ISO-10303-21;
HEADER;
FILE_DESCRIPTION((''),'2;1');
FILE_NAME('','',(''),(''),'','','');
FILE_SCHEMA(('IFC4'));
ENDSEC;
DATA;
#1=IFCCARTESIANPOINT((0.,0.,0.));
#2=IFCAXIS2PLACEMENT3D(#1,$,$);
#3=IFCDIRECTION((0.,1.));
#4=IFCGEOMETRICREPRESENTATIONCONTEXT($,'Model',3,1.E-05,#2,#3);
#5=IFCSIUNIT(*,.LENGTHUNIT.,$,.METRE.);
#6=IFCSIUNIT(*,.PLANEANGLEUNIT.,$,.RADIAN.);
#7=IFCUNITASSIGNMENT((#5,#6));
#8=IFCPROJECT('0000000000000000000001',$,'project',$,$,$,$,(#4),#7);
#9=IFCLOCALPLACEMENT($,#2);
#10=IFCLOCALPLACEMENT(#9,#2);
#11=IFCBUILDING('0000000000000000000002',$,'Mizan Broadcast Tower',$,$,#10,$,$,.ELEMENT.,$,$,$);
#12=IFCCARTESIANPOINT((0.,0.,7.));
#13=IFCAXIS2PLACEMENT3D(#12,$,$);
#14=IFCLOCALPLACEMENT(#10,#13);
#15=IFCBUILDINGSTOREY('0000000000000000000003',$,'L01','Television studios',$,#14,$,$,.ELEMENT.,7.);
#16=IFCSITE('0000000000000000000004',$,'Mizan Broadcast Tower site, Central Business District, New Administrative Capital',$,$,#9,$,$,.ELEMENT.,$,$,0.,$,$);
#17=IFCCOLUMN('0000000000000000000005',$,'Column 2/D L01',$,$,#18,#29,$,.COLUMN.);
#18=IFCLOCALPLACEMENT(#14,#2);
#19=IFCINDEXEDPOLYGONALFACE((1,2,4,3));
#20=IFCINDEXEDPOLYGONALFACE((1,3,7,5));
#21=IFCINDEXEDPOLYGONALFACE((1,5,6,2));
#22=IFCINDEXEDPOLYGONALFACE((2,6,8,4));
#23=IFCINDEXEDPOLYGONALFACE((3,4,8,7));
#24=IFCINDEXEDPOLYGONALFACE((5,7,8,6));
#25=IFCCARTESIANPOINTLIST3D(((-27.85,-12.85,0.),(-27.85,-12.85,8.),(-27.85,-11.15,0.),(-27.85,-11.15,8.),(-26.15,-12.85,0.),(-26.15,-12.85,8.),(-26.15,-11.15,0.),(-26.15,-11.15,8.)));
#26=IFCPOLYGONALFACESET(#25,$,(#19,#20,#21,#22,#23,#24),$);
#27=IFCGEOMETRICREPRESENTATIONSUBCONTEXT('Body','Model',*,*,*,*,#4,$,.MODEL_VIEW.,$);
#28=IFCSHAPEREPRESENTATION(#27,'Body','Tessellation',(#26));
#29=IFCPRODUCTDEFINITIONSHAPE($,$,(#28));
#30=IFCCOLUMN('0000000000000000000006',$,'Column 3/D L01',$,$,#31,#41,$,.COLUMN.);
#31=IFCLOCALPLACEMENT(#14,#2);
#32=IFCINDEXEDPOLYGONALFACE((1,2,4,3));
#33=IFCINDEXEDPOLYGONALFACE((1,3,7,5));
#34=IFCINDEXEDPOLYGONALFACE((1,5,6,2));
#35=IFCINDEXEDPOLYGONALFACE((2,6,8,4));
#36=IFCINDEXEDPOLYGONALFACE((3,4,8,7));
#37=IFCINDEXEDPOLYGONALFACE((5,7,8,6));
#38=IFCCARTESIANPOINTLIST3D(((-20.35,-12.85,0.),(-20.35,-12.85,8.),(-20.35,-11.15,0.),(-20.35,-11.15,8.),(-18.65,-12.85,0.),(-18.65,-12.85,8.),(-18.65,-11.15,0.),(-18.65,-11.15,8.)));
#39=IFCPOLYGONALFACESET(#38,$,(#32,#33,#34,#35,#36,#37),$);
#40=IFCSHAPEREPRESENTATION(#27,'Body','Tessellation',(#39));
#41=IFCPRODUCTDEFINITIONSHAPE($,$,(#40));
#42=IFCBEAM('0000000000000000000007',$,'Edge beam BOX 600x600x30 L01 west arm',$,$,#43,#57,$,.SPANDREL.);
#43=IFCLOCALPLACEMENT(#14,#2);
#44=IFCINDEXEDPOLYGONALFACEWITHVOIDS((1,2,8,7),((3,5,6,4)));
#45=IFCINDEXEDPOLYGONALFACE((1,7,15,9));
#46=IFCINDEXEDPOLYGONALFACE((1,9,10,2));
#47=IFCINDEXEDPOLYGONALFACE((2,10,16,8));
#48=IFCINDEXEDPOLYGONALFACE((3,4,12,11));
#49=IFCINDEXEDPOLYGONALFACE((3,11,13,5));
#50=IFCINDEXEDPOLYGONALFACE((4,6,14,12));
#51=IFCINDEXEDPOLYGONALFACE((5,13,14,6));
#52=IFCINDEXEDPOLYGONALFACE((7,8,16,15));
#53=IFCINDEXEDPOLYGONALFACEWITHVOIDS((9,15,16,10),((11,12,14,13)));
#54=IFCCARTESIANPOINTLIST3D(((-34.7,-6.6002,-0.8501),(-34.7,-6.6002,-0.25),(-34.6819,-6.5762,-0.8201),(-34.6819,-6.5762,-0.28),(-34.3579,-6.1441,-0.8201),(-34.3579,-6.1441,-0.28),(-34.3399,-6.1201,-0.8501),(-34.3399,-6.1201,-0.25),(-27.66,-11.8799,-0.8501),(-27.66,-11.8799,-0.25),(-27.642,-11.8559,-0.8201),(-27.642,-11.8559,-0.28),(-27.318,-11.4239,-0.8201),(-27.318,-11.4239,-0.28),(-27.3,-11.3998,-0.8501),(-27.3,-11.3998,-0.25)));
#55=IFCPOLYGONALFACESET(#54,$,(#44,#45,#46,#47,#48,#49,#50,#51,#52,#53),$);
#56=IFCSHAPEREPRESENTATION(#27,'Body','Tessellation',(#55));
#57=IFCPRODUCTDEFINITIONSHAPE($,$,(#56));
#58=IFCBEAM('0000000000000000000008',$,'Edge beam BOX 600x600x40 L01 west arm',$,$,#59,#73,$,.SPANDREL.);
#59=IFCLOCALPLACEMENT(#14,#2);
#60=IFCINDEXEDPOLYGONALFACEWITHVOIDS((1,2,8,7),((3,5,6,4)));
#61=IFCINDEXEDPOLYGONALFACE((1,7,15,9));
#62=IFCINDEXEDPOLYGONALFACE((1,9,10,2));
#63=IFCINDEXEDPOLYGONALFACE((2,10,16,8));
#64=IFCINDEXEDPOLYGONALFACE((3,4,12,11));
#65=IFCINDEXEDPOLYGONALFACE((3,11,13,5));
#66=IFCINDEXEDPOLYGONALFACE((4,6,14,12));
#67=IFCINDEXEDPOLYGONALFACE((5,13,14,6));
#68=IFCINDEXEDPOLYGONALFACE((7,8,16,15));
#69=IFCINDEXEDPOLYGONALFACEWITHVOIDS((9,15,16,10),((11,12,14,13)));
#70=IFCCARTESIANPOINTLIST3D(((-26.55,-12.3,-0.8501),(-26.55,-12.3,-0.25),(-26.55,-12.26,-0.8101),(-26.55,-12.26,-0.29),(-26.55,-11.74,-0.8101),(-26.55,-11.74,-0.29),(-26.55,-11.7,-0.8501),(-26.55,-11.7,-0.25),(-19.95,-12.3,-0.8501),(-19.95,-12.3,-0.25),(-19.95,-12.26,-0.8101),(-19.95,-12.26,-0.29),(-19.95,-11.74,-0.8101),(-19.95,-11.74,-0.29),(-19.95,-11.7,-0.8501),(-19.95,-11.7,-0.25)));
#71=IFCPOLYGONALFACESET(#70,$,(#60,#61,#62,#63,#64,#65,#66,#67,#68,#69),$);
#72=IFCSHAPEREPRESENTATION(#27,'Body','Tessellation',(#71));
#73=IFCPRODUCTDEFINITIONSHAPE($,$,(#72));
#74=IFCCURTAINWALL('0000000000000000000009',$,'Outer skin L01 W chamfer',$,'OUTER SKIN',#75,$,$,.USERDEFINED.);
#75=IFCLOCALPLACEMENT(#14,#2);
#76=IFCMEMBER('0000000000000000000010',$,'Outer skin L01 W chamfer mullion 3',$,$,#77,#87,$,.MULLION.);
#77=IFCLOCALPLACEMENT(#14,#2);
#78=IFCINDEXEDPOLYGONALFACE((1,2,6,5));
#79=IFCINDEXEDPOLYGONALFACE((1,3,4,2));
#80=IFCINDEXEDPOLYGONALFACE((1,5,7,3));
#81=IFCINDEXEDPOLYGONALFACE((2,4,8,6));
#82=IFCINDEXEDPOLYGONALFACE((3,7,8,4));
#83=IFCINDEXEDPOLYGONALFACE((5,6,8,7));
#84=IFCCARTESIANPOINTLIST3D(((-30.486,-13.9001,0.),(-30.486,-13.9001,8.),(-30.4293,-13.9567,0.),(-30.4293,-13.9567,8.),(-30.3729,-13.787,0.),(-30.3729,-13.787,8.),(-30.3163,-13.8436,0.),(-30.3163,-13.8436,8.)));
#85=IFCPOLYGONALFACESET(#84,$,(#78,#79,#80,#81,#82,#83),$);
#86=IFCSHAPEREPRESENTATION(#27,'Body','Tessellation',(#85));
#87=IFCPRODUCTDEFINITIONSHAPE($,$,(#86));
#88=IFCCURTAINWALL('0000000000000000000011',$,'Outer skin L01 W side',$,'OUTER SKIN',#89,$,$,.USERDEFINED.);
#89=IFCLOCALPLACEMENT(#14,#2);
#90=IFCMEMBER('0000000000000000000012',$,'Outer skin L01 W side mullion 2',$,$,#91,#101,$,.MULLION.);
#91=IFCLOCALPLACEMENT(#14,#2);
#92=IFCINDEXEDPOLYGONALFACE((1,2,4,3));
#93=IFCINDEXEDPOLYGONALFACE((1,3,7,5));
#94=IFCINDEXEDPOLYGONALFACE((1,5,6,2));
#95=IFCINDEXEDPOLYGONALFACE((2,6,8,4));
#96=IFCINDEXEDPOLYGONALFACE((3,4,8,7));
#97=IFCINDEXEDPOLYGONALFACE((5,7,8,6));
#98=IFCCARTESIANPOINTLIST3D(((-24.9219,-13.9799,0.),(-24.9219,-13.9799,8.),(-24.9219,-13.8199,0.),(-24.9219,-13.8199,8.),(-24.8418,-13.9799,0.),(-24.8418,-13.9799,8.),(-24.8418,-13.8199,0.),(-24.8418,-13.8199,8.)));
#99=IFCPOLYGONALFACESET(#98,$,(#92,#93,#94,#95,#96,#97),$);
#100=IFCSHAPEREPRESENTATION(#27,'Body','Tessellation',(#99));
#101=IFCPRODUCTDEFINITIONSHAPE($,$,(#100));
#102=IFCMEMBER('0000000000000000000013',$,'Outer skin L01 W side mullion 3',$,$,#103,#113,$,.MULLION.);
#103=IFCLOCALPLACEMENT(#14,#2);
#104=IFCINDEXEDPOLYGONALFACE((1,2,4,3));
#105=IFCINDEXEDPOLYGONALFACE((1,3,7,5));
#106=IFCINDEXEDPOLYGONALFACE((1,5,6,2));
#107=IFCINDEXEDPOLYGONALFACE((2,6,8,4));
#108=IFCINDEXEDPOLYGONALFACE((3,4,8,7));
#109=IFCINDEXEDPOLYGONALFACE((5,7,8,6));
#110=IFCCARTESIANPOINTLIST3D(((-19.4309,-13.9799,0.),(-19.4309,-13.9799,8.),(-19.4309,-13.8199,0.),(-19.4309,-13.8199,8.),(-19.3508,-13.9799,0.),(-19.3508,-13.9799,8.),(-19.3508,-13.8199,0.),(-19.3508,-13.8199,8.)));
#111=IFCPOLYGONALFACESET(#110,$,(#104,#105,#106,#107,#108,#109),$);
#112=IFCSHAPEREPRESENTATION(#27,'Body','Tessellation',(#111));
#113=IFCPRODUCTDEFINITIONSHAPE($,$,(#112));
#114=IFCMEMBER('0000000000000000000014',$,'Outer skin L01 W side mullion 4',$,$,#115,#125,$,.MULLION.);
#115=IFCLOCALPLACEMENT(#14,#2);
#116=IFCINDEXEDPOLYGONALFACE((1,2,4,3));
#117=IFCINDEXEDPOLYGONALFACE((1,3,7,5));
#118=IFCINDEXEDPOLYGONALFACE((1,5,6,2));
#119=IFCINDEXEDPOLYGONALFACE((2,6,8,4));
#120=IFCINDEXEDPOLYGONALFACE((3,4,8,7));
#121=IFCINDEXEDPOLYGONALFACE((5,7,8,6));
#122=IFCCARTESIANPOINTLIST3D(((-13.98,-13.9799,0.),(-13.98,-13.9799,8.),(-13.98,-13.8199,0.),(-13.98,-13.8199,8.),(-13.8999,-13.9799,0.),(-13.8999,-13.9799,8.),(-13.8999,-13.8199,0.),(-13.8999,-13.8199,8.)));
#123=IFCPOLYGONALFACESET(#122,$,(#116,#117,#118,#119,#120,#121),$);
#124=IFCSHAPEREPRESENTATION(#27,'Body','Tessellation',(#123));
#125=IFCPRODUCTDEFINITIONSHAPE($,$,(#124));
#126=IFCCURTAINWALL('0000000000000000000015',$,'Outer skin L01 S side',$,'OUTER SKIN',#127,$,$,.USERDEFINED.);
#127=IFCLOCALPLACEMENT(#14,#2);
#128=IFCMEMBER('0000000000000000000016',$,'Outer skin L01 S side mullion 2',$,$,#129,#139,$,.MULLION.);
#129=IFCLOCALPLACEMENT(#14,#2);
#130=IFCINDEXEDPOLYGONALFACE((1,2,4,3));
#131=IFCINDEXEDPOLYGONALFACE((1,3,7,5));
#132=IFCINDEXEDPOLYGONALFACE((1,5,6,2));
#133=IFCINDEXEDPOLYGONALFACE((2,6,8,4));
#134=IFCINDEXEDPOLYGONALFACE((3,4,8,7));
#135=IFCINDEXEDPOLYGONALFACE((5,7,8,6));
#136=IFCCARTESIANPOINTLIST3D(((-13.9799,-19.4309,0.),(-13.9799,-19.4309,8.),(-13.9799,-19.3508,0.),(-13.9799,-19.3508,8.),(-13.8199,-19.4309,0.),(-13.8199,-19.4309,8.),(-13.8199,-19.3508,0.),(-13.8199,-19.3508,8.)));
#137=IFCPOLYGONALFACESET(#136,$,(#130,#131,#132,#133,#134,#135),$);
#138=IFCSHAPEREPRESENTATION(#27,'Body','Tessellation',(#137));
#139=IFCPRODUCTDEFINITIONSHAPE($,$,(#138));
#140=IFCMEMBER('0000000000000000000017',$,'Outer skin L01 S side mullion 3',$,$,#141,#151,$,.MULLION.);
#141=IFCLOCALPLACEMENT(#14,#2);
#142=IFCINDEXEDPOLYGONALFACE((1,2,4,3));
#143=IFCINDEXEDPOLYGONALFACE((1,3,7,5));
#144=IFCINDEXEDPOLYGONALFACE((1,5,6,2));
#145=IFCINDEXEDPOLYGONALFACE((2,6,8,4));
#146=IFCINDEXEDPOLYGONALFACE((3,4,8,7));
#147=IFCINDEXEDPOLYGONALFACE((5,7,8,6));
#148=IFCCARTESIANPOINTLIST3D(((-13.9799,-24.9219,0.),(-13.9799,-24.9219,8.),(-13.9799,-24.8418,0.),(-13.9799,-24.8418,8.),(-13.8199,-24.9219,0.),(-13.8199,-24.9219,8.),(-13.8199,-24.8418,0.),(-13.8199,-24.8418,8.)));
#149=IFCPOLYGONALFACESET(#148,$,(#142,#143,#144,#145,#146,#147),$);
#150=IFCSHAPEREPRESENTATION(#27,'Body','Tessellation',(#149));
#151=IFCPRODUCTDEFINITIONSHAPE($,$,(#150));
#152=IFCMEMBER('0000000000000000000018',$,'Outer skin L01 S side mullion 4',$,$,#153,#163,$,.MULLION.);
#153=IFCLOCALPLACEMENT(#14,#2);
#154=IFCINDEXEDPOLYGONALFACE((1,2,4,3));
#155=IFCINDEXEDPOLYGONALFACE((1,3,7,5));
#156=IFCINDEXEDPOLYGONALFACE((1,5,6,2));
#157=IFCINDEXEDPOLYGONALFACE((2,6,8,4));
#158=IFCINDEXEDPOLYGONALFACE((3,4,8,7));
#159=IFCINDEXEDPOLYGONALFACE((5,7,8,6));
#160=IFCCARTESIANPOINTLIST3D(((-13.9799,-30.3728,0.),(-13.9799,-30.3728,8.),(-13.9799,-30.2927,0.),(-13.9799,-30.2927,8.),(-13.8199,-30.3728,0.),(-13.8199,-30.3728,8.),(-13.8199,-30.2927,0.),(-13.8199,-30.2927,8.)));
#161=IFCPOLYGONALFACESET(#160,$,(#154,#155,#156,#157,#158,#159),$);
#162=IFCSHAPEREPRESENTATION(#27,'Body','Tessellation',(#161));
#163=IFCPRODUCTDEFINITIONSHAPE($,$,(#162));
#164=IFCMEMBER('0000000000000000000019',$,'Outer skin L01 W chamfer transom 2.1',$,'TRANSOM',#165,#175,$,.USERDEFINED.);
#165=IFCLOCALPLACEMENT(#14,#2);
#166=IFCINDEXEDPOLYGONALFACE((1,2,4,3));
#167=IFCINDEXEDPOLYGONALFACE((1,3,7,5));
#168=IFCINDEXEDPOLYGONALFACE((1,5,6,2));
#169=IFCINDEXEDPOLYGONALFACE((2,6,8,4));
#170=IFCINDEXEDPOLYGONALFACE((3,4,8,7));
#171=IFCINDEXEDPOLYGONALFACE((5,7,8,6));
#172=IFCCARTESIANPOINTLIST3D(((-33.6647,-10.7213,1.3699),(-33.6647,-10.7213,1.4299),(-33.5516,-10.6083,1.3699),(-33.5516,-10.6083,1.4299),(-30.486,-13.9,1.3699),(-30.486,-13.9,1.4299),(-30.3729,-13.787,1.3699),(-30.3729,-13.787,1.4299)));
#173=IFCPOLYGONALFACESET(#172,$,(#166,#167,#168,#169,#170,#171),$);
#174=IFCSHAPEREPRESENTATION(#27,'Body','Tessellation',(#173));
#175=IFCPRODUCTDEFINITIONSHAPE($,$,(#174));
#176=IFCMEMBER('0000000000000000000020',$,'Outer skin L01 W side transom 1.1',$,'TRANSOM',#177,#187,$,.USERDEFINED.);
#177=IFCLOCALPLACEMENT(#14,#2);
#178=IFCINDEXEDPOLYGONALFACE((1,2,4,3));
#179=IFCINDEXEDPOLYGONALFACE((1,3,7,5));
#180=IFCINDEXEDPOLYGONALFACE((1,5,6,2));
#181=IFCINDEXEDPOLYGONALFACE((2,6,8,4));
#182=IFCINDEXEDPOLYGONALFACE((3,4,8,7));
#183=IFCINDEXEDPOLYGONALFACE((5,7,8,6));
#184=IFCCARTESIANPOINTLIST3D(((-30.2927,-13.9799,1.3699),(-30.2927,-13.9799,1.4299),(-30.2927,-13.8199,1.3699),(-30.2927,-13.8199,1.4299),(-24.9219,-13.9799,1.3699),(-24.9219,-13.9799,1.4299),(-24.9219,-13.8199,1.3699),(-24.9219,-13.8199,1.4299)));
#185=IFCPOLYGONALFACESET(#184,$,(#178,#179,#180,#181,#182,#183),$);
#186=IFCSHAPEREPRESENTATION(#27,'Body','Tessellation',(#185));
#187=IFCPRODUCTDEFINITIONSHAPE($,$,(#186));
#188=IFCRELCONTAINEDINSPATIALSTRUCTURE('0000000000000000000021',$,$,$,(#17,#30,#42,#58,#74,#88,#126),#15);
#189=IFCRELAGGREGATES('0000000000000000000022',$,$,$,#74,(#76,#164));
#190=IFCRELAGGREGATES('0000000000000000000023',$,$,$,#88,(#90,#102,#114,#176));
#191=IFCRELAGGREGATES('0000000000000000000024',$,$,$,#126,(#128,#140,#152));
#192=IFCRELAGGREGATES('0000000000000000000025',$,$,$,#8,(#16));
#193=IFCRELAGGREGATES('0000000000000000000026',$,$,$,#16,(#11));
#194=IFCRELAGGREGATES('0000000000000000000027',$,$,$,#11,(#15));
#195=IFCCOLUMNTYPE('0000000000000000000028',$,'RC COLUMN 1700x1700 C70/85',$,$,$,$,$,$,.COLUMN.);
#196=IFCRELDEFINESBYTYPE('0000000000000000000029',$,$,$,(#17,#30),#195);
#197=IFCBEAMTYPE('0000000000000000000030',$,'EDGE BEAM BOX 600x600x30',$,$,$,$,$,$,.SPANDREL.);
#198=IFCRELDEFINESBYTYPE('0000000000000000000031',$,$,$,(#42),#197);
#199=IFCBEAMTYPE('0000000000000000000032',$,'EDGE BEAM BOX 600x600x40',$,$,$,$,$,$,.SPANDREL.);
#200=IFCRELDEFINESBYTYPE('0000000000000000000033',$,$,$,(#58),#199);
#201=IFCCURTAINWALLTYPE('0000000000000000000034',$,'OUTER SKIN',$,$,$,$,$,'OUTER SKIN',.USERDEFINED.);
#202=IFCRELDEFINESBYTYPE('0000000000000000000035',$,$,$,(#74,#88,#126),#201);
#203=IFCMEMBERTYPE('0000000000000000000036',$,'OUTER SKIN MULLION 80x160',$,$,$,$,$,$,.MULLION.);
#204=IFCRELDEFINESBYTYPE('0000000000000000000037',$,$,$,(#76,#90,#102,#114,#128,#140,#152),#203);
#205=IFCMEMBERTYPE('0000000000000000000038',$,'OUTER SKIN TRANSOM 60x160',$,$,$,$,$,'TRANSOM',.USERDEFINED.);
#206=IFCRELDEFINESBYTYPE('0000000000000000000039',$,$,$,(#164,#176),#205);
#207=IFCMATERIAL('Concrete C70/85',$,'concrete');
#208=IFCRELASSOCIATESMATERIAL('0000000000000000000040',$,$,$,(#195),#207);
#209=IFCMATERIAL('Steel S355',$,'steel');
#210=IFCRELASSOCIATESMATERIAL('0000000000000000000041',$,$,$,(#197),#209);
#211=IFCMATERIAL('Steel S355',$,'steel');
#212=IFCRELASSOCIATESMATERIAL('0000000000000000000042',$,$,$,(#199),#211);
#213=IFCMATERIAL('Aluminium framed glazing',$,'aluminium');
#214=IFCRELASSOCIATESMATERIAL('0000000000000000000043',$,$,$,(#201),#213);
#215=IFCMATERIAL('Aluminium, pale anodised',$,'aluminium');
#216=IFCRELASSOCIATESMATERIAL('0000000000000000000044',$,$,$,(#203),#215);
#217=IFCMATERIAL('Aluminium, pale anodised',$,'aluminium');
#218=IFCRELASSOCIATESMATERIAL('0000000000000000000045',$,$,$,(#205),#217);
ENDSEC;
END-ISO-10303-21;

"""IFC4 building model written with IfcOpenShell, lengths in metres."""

from ifc_helpers import new_model, si_unit, direction, frame, origin, origin_2d, place, context, subcontext, project, spatial, rectangle, hollow_rectangle, extrude, material, material_profile, profile_set, type_object, element, aggregate, save


model = new_model("IFC4")

# Units and contexts
model_context = context("Model", 3, precision=1e-05, world=origin(), true_north=direction((0.0, 1.0)))
body_context = subcontext(model_context, "Body", "Model", "MODEL_VIEW")
ifc_project = project(units=[si_unit("LENGTHUNIT", "METRE"), si_unit("PLANEANGLEUNIT", "RADIAN")], contexts=[model_context])

# Site, building, storey
site_placement = place(None, origin())
site = spatial("IfcSite", under=ifc_project, at=site_placement, Name="Mizan Broadcast Tower site, Central Business District, New Administrative Capital", CompositionType="ELEMENT", RefElevation=0.0)
building_placement = place(site_placement, origin())
building = spatial("IfcBuilding", under=site, at=building_placement, Name="Mizan Broadcast Tower", CompositionType="ELEMENT")
storey_placement = place(building_placement, frame((0.0, 0.0, 7.0)))
storey = spatial("IfcBuildingStorey", under=building, at=storey_placement, Name="L01", Description="Television studios", CompositionType="ELEMENT", Elevation=7.0)

# Columns
ifc_material_1 = material(Name="Concrete C70/85", Category="concrete")
ifc_material_profile_1 = material_profile(ifc_material_1, rectangle(XDim=1.7, YDim=1.7, at=origin_2d()), Name="RC 1700x1700")
ifc_profile_set_1 = profile_set([ifc_material_profile_1], Name="Concrete C70/85")
column_type = type_object("IfcColumnType", Name="RC COLUMN 1700x1700 C70/85", PredefinedType="COLUMN", material=ifc_profile_set_1)
for number, where, z_axis, x_axis, name in (
    (1, (-27.0, -12.0, 0.0), (0.0, 0.0, 1.0), (1.0, 0.0, 0.0), "Column 2/D L01"),
    (2, (-19.5, -12.0, 0.0), (0.0, 0.0, 1.0), (1.0, 0.0, 0.0), "Column 3/D L01"),
):
    element("IfcColumn", number, at=place(storey_placement, frame(where, z_axis=z_axis, x_axis=x_axis)), inside=storey, type_object=column_type, Name=name, PredefinedType="COLUMN", context=body_context, shape_type="SweptSolid", body=[
        extrude(rectangle(XDim=1.7, YDim=1.7, at=origin_2d()), origin(), (0.0, 0.0, 1.0), 8.0),
    ])

# Beams
ifc_material_2 = material(Name="Steel S355", Category="steel")
ifc_material_profile_2 = material_profile(ifc_material_2, hollow_rectangle(XDim=0.6001, YDim=0.6001, WallThickness=0.03, at=origin_2d()), Name="BOX 600x600x30")
ifc_profile_set_2 = profile_set([ifc_material_profile_2], Name="Steel S355")
beam_type_1 = type_object("IfcBeamType", Name="EDGE BEAM BOX 600x600x30", PredefinedType="SPANDREL", material=ifc_profile_set_2)
beam_1_placement = place(storey_placement, frame((-27.48, -11.6399, -0.55), z_axis=(-0.800013, 0.599982, 0.0), x_axis=(-0.599982, -0.800013, 0.0)))
element("IfcBeam", 3, at=beam_1_placement, inside=storey, type_object=beam_type_1, Name="Edge beam BOX 600x600x30 L01 west arm", PredefinedType="SPANDREL", context=body_context, shape_type="SweptSolid", body=[
    extrude(hollow_rectangle(XDim=0.6001, YDim=0.6001, WallThickness=0.03, at=origin_2d()), origin(), (0.0, 0.0, 1.0), 8.7998),
])
ifc_material_3 = material(Name="Steel S355", Category="steel")
ifc_material_profile_3 = material_profile(ifc_material_3, hollow_rectangle(XDim=0.6001, YDim=0.6001, WallThickness=0.04, at=origin_2d()), Name="BOX 600x600x40")
ifc_profile_set_3 = profile_set([ifc_material_profile_3], Name="Steel S355")
beam_type_2 = type_object("IfcBeamType", Name="EDGE BEAM BOX 600x600x40", PredefinedType="SPANDREL", material=ifc_profile_set_3)
beam_2_placement = place(storey_placement, frame((-19.95, -12.0, -0.55), z_axis=(-1.0, 0.0, 0.0), x_axis=(0.0, -1.0, 0.0)))
element("IfcBeam", 4, at=beam_2_placement, inside=storey, type_object=beam_type_2, Name="Edge beam BOX 600x600x40 L01 west arm", PredefinedType="SPANDREL", context=body_context, shape_type="SweptSolid", body=[
    extrude(hollow_rectangle(XDim=0.6001, YDim=0.6001, WallThickness=0.04, at=origin_2d()), origin(), (0.0, 0.0, 1.0), 6.6001),
])

# Curtain wall, member
ifc_material_4 = material(Name="Aluminium framed glazing", Category="aluminium")
curtain_wall_type = type_object("IfcCurtainWallType", Name="OUTER SKIN", ElementType="OUTER SKIN", PredefinedType="USERDEFINED", material=ifc_material_4)
curtain_wall_1_placement = place(storey_placement, origin())
curtain_wall_1 = element("IfcCurtainWall", 5, at=curtain_wall_1_placement, inside=storey, type_object=curtain_wall_type, Name="Outer skin L01 W chamfer", ObjectType="OUTER SKIN", PredefinedType="USERDEFINED")
ifc_material_5 = material(Name="Aluminium, pale anodised", Category="aluminium")
ifc_material_profile_4 = material_profile(ifc_material_5, rectangle(XDim=0.1599, YDim=0.0801, at=origin_2d()), Name="MULLION 160x80")
ifc_profile_set_4 = profile_set([ifc_material_profile_4], Name="Aluminium, pale anodised")
member_type_1 = type_object("IfcMemberType", Name="OUTER SKIN MULLION 80x160", PredefinedType="MULLION", material=ifc_profile_set_4)
member_1_placement = place(storey_placement, frame((-30.4011, -13.8718, 0.0), z_axis=(0.0, 0.0, 1.0), x_axis=(0.707107, 0.707107, 0.0)))
member_1 = element("IfcMember", 6, at=member_1_placement, type_object=member_type_1, Name="Outer skin L01 W chamfer mullion 3", PredefinedType="MULLION", context=body_context, shape_type="SweptSolid", body=[
    extrude(rectangle(XDim=0.1599, YDim=0.0801, at=origin_2d()), origin(), (0.0, 0.0, 1.0), 8.0),
])

# Curtain walls, members
curtain_wall_2_placement = place(storey_placement, origin())
curtain_wall_2 = element("IfcCurtainWall", 7, at=curtain_wall_2_placement, inside=storey, type_object=curtain_wall_type, Name="Outer skin L01 W side", ObjectType="OUTER SKIN", PredefinedType="USERDEFINED")
member_2_placement = place(storey_placement, frame((-24.8818, -13.8999, 0.0), z_axis=(0.0, 0.0, 1.0), x_axis=(0.0, 1.0, 0.0)))
member_2 = element("IfcMember", 8, at=member_2_placement, type_object=member_type_1, Name="Outer skin L01 W side mullion 2", PredefinedType="MULLION", context=body_context, shape_type="SweptSolid", body=[
    extrude(rectangle(XDim=0.1599, YDim=0.0801, at=origin_2d()), origin(), (0.0, 0.0, 1.0), 8.0),
])
member_3_placement = place(storey_placement, frame((-19.3909, -13.8999, 0.0), z_axis=(0.0, 0.0, 1.0), x_axis=(0.0, 1.0, 0.0)))
member_3 = element("IfcMember", 9, at=member_3_placement, type_object=member_type_1, Name="Outer skin L01 W side mullion 3", PredefinedType="MULLION", context=body_context, shape_type="SweptSolid", body=[
    extrude(rectangle(XDim=0.1599, YDim=0.0801, at=origin_2d()), origin(), (0.0, 0.0, 1.0), 8.0),
])
member_4_placement = place(storey_placement, frame((-13.9399, -13.8999, 0.0), z_axis=(0.0, 0.0, 1.0), x_axis=(0.0, 1.0, 0.0)))
member_4 = element("IfcMember", 10, at=member_4_placement, type_object=member_type_1, Name="Outer skin L01 W side mullion 4", PredefinedType="MULLION", context=body_context, shape_type="SweptSolid", body=[
    extrude(rectangle(XDim=0.1599, YDim=0.0801, at=origin_2d()), origin(), (0.0, 0.0, 1.0), 8.0),
])
curtain_wall_3_placement = place(storey_placement, origin())
curtain_wall_3 = element("IfcCurtainWall", 11, at=curtain_wall_3_placement, inside=storey, type_object=curtain_wall_type, Name="Outer skin L01 S side", ObjectType="OUTER SKIN", PredefinedType="USERDEFINED")
member_5_placement = place(storey_placement, frame((-13.8999, -19.3909, 0.0), z_axis=(0.0, 0.0, 1.0), x_axis=(1.0, 0.0, 0.0)))
member_5 = element("IfcMember", 12, at=member_5_placement, type_object=member_type_1, Name="Outer skin L01 S side mullion 2", PredefinedType="MULLION", context=body_context, shape_type="SweptSolid", body=[
    extrude(rectangle(XDim=0.1599, YDim=0.0801, at=origin_2d()), origin(), (0.0, 0.0, 1.0), 8.0),
])
member_6_placement = place(storey_placement, frame((-13.8999, -24.8818, 0.0), z_axis=(0.0, 0.0, 1.0), x_axis=(1.0, 0.0, 0.0)))
member_6 = element("IfcMember", 13, at=member_6_placement, type_object=member_type_1, Name="Outer skin L01 S side mullion 3", PredefinedType="MULLION", context=body_context, shape_type="SweptSolid", body=[
    extrude(rectangle(XDim=0.1599, YDim=0.0801, at=origin_2d()), origin(), (0.0, 0.0, 1.0), 8.0),
])
member_7_placement = place(storey_placement, frame((-13.8999, -30.3328, 0.0), z_axis=(0.0, 0.0, 1.0), x_axis=(1.0, 0.0, 0.0)))
member_7 = element("IfcMember", 14, at=member_7_placement, type_object=member_type_1, Name="Outer skin L01 S side mullion 4", PredefinedType="MULLION", context=body_context, shape_type="SweptSolid", body=[
    extrude(rectangle(XDim=0.1599, YDim=0.0801, at=origin_2d()), origin(), (0.0, 0.0, 1.0), 8.0),
])

# Members
ifc_material_6 = material(Name="Aluminium, pale anodised", Category="aluminium")
ifc_material_profile_5 = material_profile(ifc_material_6, rectangle(XDim=0.1599, YDim=0.0601, at=origin_2d()), Name="TRANSOM 160x60")
ifc_profile_set_5 = profile_set([ifc_material_profile_5], Name="Aluminium, pale anodised")
member_type_2 = type_object("IfcMemberType", Name="OUTER SKIN TRANSOM 60x160", ElementType="TRANSOM", PredefinedType="USERDEFINED", material=ifc_profile_set_5)
member_8_placement = place(storey_placement, frame((-33.6082, -10.6648, 1.3999), z_axis=(0.707107, -0.707107, 0.0), x_axis=(0.707107, 0.707107, 0.0)))
member_8 = element("IfcMember", 15, at=member_8_placement, type_object=member_type_2, Name="Outer skin L01 W chamfer transom 2.1", ObjectType="TRANSOM", PredefinedType="USERDEFINED", context=body_context, shape_type="SweptSolid", body=[
    extrude(rectangle(XDim=0.1599, YDim=0.0601, at=origin_2d()), origin(), (0.0, 0.0, 1.0), 4.4954),
])
member_9_placement = place(storey_placement, frame((-30.2927, -13.8999, 1.3999), z_axis=(1.0, 0.0, 0.0), x_axis=(0.0, 1.0, 0.0)))
member_9 = element("IfcMember", 16, at=member_9_placement, type_object=member_type_2, Name="Outer skin L01 W side transom 1.1", ObjectType="TRANSOM", PredefinedType="USERDEFINED", context=body_context, shape_type="SweptSolid", body=[
    extrude(rectangle(XDim=0.1599, YDim=0.0601, at=origin_2d()), origin(), (0.0, 0.0, 1.0), 5.3708),
])

aggregate(curtain_wall_1, [member_1, member_8])
aggregate(curtain_wall_2, [member_2, member_3, member_4, member_9])
aggregate(curtain_wall_3, [member_5, member_6, member_7])

save(model, "model.ifc")
